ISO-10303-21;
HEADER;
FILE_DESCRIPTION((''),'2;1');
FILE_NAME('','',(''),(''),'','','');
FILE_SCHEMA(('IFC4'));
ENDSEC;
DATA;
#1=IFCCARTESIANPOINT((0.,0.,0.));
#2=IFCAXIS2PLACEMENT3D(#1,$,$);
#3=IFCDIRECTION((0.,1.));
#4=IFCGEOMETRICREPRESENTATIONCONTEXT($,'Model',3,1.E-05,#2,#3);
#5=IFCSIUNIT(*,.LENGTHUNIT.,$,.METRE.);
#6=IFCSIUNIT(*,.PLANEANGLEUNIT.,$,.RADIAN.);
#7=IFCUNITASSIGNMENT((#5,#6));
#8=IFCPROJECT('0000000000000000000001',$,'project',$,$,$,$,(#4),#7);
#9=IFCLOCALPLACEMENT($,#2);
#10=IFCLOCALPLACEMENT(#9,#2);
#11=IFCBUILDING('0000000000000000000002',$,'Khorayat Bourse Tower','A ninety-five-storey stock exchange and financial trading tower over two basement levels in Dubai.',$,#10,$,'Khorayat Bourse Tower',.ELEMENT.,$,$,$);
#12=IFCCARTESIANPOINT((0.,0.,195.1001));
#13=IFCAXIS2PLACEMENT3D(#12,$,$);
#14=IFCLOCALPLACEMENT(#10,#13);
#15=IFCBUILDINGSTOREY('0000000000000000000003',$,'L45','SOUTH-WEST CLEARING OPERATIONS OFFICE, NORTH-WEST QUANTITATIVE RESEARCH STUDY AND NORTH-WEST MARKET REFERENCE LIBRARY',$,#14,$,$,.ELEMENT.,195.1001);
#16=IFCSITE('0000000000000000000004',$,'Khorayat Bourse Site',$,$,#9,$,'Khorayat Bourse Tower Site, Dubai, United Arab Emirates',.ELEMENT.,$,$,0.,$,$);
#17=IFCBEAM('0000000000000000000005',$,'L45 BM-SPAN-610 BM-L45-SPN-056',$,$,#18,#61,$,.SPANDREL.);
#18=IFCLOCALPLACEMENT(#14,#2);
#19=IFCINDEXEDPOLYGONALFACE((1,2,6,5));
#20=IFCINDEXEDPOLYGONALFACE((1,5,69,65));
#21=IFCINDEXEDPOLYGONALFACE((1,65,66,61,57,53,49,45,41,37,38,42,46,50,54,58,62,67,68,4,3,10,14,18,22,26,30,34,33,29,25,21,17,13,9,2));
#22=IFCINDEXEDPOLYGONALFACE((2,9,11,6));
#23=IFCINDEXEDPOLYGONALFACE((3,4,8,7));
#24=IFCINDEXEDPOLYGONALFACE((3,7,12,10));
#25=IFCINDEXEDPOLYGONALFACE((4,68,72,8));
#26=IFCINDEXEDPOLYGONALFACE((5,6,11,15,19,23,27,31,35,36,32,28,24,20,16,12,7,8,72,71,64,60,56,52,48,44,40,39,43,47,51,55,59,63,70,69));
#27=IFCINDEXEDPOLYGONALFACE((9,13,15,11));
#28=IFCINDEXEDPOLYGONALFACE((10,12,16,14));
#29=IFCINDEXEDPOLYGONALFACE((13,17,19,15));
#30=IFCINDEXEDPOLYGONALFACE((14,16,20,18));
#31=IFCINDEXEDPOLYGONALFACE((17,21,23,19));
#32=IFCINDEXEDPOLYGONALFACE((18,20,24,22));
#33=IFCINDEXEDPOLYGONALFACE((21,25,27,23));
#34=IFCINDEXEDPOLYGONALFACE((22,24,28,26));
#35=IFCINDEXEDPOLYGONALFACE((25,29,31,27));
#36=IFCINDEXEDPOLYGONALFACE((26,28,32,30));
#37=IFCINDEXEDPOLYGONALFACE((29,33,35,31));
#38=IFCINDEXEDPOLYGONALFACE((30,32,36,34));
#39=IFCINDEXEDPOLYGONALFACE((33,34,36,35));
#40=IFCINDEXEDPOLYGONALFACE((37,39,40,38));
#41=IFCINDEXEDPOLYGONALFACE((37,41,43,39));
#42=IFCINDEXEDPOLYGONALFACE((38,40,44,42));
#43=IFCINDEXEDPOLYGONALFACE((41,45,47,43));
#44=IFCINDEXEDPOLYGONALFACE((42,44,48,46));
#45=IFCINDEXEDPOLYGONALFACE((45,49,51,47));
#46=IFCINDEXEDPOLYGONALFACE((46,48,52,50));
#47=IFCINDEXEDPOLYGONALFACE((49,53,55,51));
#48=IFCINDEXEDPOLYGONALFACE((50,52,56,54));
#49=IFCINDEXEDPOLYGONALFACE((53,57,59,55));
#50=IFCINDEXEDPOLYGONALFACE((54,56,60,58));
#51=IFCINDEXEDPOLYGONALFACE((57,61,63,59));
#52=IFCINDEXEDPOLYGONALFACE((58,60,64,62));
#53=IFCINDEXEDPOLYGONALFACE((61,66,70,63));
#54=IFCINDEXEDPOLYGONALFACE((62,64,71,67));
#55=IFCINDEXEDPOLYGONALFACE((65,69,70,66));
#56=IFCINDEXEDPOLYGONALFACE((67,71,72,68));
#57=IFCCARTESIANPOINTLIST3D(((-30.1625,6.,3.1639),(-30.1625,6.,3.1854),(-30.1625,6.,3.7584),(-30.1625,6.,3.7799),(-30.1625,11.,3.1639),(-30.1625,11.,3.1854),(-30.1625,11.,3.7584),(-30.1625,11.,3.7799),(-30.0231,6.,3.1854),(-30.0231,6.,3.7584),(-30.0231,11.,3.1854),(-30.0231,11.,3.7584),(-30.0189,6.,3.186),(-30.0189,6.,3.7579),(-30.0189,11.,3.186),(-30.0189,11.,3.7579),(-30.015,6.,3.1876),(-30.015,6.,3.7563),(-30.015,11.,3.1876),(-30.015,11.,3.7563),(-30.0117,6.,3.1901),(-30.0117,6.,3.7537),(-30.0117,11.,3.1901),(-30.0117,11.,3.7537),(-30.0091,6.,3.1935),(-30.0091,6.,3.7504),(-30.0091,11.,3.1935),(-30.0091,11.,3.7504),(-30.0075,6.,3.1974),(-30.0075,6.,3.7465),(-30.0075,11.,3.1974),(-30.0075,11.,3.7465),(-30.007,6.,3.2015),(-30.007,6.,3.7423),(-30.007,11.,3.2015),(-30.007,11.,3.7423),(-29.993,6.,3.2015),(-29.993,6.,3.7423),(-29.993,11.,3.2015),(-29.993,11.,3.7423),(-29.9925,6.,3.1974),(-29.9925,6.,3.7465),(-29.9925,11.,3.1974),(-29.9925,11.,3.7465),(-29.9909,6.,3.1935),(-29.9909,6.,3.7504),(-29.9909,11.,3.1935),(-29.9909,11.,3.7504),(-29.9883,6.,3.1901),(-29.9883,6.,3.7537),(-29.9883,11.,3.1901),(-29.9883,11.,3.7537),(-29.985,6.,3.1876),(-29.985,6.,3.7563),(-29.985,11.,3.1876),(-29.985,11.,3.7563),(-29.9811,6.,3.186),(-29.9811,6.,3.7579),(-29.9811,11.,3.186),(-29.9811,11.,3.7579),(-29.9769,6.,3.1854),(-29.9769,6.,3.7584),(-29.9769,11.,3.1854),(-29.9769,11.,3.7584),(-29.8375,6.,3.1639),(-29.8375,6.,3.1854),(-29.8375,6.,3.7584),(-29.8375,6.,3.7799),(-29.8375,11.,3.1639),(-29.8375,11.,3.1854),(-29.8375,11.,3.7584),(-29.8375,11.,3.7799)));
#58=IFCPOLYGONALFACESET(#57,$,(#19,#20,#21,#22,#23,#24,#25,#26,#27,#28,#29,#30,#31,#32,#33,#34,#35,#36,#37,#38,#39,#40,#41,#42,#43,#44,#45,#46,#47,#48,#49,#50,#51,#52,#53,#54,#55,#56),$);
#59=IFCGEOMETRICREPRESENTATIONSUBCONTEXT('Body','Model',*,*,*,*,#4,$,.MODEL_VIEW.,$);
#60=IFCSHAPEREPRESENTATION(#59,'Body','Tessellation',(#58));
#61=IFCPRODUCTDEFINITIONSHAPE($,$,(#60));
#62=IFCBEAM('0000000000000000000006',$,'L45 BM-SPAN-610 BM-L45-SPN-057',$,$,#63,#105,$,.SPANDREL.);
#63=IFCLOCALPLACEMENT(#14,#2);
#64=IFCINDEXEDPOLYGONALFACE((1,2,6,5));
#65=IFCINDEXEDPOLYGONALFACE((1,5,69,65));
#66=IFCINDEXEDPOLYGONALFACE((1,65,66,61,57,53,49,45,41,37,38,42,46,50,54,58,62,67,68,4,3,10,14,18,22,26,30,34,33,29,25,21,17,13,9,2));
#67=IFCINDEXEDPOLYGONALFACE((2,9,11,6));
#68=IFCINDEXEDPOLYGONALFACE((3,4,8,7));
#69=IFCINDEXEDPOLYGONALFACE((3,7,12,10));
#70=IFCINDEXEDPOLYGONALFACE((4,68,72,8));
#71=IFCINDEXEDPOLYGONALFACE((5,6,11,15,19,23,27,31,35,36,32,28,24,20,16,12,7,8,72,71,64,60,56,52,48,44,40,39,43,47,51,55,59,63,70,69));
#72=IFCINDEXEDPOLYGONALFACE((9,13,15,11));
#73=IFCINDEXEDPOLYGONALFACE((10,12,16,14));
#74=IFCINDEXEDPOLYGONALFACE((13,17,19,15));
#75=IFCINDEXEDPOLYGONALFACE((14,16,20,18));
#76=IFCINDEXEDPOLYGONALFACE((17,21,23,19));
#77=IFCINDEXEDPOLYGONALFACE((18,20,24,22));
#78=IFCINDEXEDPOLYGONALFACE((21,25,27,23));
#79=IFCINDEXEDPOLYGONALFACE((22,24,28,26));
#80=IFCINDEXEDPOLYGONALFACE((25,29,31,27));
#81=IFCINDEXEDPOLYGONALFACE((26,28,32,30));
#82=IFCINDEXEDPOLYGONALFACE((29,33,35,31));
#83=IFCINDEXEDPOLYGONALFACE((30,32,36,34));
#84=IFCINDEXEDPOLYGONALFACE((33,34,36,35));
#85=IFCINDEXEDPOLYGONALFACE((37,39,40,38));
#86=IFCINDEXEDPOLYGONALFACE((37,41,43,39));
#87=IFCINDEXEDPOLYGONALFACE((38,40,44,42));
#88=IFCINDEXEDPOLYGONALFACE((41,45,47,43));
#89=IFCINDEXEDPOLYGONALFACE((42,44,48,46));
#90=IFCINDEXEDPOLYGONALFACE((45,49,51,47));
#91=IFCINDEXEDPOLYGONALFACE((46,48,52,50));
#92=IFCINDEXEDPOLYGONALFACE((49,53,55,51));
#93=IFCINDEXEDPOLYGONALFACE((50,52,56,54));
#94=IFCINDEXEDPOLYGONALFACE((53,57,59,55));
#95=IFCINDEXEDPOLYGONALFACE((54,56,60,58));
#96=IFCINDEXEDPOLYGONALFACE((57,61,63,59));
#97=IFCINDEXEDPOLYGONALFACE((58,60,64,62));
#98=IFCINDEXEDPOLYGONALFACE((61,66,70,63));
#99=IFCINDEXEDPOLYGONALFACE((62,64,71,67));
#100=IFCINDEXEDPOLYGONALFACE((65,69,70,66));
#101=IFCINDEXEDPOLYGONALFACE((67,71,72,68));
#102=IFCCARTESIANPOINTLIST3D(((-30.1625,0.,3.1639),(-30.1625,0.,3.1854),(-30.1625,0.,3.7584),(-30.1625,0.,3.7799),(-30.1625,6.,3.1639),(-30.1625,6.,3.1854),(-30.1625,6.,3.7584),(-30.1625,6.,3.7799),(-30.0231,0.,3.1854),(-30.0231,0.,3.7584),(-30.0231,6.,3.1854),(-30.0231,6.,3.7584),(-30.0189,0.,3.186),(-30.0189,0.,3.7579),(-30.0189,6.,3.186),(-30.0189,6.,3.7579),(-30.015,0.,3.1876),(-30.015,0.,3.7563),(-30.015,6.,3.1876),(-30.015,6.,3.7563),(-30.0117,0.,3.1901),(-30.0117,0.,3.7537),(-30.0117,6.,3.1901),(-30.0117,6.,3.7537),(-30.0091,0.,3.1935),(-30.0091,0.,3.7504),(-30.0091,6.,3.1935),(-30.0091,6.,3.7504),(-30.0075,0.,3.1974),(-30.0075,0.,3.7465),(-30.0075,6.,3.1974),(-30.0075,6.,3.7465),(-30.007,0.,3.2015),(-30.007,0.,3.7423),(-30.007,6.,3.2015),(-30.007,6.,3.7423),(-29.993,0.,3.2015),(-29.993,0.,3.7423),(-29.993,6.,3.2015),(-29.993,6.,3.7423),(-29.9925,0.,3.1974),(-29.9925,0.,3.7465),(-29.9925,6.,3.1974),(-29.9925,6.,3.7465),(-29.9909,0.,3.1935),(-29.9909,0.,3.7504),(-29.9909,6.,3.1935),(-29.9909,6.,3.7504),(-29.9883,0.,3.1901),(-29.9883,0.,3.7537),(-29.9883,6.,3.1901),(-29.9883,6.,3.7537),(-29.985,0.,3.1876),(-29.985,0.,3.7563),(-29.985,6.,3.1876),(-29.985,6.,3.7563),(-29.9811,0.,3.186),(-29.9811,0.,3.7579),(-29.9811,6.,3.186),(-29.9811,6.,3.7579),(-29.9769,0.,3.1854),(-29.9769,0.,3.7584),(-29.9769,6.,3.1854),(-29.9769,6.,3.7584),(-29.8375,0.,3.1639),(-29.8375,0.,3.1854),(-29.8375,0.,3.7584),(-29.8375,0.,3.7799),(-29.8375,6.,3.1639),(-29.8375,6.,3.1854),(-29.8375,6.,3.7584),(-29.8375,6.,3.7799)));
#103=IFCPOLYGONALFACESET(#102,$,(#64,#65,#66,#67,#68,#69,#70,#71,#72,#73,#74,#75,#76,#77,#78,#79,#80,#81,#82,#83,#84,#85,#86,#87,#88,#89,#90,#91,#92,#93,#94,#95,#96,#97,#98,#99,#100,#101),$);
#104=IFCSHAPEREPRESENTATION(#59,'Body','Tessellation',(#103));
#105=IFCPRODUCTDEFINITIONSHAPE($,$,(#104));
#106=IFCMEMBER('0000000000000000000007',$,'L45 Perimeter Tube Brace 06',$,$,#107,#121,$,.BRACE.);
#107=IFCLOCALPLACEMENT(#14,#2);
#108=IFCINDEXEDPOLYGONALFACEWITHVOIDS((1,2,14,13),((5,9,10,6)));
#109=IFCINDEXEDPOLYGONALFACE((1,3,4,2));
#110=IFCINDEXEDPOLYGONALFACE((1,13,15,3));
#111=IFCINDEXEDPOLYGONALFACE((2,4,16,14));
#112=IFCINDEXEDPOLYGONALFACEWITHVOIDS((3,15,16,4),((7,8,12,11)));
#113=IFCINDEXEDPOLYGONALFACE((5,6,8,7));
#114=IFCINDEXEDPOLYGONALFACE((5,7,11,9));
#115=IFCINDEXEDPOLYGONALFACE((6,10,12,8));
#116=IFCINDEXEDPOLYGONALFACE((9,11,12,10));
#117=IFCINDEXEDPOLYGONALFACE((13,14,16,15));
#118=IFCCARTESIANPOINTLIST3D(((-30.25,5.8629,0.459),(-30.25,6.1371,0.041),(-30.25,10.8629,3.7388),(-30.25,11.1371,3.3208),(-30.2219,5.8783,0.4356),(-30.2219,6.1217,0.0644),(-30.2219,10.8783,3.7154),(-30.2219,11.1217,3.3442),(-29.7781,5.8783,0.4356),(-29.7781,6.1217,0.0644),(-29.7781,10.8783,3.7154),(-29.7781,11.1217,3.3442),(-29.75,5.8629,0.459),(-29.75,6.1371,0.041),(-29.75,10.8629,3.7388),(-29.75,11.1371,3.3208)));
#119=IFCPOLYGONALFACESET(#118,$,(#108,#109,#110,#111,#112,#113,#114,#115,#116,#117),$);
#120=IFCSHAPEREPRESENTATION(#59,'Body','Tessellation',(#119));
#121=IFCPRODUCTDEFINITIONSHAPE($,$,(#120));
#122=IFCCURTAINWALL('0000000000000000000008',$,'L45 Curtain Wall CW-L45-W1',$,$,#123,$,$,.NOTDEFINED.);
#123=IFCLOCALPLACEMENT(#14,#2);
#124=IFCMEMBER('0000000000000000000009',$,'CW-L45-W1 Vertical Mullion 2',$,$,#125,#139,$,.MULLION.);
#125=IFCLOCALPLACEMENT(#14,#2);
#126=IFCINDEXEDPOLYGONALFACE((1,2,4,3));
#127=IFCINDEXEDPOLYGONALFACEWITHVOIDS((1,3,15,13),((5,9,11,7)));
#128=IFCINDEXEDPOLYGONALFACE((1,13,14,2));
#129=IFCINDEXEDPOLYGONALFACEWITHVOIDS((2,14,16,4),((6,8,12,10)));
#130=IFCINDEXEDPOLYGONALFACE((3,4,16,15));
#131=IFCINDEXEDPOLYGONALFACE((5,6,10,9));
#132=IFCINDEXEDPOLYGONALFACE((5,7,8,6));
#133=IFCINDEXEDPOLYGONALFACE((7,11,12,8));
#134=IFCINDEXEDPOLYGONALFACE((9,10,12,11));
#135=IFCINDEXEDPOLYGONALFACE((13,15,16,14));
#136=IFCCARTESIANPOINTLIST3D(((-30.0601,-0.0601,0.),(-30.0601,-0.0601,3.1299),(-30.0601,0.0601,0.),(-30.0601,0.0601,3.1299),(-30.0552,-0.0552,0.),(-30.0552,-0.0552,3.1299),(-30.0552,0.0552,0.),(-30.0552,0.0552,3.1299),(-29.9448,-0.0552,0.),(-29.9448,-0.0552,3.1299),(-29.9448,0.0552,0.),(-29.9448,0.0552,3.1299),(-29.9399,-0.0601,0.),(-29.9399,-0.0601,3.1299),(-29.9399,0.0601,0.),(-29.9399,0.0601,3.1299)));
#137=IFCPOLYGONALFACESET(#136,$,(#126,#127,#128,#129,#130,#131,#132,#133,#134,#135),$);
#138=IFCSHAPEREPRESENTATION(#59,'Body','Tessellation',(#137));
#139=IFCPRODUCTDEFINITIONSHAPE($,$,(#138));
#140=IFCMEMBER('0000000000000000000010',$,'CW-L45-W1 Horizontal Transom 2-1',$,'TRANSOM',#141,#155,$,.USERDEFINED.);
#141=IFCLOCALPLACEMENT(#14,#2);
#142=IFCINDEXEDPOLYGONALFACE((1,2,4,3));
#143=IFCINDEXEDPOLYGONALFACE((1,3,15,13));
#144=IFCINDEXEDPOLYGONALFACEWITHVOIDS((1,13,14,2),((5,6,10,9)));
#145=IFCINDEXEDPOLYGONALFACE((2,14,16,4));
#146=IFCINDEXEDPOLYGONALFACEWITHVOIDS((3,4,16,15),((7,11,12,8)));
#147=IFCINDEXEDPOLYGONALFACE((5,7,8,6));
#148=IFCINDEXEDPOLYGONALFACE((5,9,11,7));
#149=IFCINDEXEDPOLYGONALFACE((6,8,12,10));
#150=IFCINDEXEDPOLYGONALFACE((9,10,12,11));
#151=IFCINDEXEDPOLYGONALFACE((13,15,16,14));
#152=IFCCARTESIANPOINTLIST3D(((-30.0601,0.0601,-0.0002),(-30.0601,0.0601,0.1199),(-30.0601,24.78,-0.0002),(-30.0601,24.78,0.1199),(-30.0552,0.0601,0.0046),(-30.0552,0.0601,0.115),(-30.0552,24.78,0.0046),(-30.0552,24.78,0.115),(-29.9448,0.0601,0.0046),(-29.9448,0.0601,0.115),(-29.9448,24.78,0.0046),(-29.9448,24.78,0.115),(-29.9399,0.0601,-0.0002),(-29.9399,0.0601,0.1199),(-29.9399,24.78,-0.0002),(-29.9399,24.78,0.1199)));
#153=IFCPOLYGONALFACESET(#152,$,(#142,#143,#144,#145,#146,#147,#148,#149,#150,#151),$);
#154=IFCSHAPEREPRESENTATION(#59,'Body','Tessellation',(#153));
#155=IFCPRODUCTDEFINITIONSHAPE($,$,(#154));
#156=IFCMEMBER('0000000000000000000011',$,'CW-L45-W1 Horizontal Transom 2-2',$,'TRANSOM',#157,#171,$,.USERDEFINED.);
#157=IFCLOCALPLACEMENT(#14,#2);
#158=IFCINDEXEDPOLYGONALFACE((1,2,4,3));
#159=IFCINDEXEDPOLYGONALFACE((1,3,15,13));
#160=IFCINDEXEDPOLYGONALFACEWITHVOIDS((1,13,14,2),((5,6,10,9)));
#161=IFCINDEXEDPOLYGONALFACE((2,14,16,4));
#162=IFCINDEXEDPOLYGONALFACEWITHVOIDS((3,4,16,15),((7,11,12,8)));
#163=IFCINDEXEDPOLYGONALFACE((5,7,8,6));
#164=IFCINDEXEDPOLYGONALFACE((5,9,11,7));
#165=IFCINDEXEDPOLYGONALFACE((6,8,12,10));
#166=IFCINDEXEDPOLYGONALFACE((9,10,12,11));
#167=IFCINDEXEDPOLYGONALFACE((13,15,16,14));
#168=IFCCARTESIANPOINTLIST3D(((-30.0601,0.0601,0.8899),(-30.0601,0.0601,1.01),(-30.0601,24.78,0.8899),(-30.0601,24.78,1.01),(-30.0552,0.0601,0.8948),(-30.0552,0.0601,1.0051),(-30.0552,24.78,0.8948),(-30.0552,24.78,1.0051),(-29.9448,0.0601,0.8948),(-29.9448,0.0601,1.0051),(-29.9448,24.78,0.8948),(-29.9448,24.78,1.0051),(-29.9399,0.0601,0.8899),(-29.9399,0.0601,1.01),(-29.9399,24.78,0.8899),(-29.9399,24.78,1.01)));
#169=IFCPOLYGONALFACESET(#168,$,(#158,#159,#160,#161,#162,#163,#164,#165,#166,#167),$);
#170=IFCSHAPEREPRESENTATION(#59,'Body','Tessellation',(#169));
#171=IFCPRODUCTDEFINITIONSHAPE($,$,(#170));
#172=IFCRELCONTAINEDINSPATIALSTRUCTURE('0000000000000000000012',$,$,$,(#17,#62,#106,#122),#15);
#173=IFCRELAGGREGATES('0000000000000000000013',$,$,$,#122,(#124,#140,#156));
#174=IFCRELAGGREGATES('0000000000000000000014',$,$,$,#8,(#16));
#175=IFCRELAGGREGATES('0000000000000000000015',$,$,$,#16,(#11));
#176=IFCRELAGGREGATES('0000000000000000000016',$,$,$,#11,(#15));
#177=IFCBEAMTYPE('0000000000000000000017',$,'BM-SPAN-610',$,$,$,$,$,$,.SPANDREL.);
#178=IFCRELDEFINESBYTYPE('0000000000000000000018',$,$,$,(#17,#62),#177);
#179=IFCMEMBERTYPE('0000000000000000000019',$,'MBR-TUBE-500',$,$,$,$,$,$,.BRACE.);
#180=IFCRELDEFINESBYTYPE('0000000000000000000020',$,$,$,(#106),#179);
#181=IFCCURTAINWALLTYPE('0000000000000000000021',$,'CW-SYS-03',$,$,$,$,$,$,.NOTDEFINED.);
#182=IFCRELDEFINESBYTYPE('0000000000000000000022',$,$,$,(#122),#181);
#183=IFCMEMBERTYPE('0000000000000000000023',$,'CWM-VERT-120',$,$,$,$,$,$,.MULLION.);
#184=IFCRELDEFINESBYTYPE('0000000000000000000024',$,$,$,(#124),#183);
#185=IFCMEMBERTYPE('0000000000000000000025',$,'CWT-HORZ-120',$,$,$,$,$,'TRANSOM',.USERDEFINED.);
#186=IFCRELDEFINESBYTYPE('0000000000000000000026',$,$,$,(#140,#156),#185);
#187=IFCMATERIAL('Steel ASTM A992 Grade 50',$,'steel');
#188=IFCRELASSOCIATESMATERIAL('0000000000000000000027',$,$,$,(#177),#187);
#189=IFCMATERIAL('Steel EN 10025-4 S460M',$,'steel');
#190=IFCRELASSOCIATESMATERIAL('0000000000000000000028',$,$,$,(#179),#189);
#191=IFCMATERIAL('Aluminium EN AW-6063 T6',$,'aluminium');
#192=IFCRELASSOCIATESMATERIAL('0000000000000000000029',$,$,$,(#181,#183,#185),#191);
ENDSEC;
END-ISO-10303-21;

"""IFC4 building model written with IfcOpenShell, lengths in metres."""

from ifc_helpers import new_model, si_unit, direction, frame, origin, origin_2d, place, context, subcontext, project, spatial, hollow_rectangle, i_section, extrude, source, transform, mapped, material, material_profile, profile_set, type_object, element, aggregate, save


model = new_model("IFC4")

# Units and contexts
model_context = context("Model", 3, precision=1e-05, world=origin(), true_north=direction((0.0, 1.0)))
body_context = subcontext(model_context, "Body", "Model", "MODEL_VIEW")
ifc_project = project(units=[si_unit("LENGTHUNIT", "METRE"), si_unit("PLANEANGLEUNIT", "RADIAN")], contexts=[model_context])

# Site, building, storey
site_placement = place(None, origin())
site = spatial("IfcSite", under=ifc_project, at=site_placement, Name="Khorayat Bourse Site", LongName="Khorayat Bourse Tower Site, Dubai, United Arab Emirates", CompositionType="ELEMENT", RefElevation=0.0)
building_placement = place(site_placement, origin())
building = spatial("IfcBuilding", under=site, at=building_placement, Name="Khorayat Bourse Tower", Description="A ninety-five-storey stock exchange and financial trading tower over two basement levels in Dubai.", LongName="Khorayat Bourse Tower", CompositionType="ELEMENT")
storey_placement = place(building_placement, frame((0.0, 0.0, 195.1001)))
storey = spatial("IfcBuildingStorey", under=building, at=storey_placement, Name="L45", Description="SOUTH-WEST CLEARING OPERATIONS OFFICE, NORTH-WEST QUANTITATIVE RESEARCH STUDY AND NORTH-WEST MARKET REFERENCE LIBRARY", CompositionType="ELEMENT", Elevation=195.1001)

# Shared definitions
ifc_material_1 = material(Name="Steel EN 10025-4 S460M", Category="steel")

# Beams
ifc_material_2 = material(Name="Steel ASTM A992 Grade 50", Category="steel")
ifc_material_profile_1 = material_profile(ifc_material_2, i_section(OverallWidth=0.325, OverallDepth=0.616, WebThickness=0.0139, FlangeThickness=0.0215, FilletRadius=0.0161, at=origin_2d()), Name="W610X174")
ifc_profile_set_1 = profile_set([ifc_material_profile_1], Name="Steel ASTM A992 Grade 50")
beam_type_1 = type_object("IfcBeamType", Name="BM-SPAN-610", PredefinedType="SPANDREL", material=ifc_profile_set_1)
shared_shape_1 = source(origin(), body_context, "Body", "SweptSolid", [
    extrude(i_section(OverallWidth=0.325, OverallDepth=0.616, WebThickness=0.0139, FlangeThickness=0.0215, FilletRadius=0.0161, at=origin_2d()), origin(), (0.0, 0.0, 1.0), 5.0),
])
beam_1_placement = place(storey_placement, frame((-30.0, 6.0, 3.4719), z_axis=(0.0, 1.0, 0.0), x_axis=(-1.0, 0.0, 0.0)))
element("IfcBeam", 1, at=beam_1_placement, inside=storey, type_object=beam_type_1, Name="L45 BM-SPAN-610 BM-L45-SPN-056", PredefinedType="SPANDREL", context=body_context, shape_type="MappedRepresentation", body=[
    mapped(shared_shape_1, transform((0.0, 0.0, 0.0), scale=1.0)),
])
shared_shape_2 = source(origin(), body_context, "Body", "SweptSolid", [
    extrude(i_section(OverallWidth=0.325, OverallDepth=0.616, WebThickness=0.0139, FlangeThickness=0.0215, FilletRadius=0.0161, at=origin_2d()), origin(), (0.0, 0.0, 1.0), 6.0),
])
beam_2_placement = place(storey_placement, frame((-30.0, 0.0, 3.4719), z_axis=(0.0, 1.0, 0.0), x_axis=(-1.0, 0.0, 0.0)))
element("IfcBeam", 2, at=beam_2_placement, inside=storey, type_object=beam_type_1, Name="L45 BM-SPAN-610 BM-L45-SPN-057", PredefinedType="SPANDREL", context=body_context, shape_type="MappedRepresentation", body=[
    mapped(shared_shape_2, transform((0.0, 0.0, 0.0), scale=1.0)),
])

# Member
ifc_material_profile_2 = material_profile(ifc_material_1, hollow_rectangle(XDim=0.5, YDim=0.5, WallThickness=0.0281, at=origin_2d()), Name="HSS 500x500x28")
ifc_profile_set_2 = profile_set([ifc_material_profile_2], Name="Steel EN 10025-4 S460M")
member_type_1 = type_object("IfcMemberType", Name="MBR-TUBE-500", PredefinedType="BRACE", material=ifc_profile_set_2)
shared_shape_3 = source(origin(), body_context, "Body", "SweptSolid", [
    extrude(hollow_rectangle(XDim=0.5, YDim=0.5, WallThickness=0.0281, at=origin_2d()), origin(), (0.0, 0.0, 1.0), 5.9797),
])
member_1_placement = place(storey_placement, frame((-30.0, 6.0, 0.25), z_axis=(0.0, 0.83616, 0.548485), x_axis=(-1.0, 0.0, 0.0)))
element("IfcMember", 3, at=member_1_placement, inside=storey, type_object=member_type_1, Name="L45 Perimeter Tube Brace 06", PredefinedType="BRACE", context=body_context, shape_type="MappedRepresentation", body=[
    mapped(shared_shape_3, transform((0.0, 0.0, 0.0), scale=1.0)),
])

# Curtain wall, members
ifc_material_3 = material(Name="Aluminium EN AW-6063 T6", Category="aluminium")
curtain_wall_type = type_object("IfcCurtainWallType", Name="CW-SYS-03", PredefinedType="NOTDEFINED", material=ifc_material_3)
curtain_wall_placement = place(storey_placement, origin())
curtain_wall = element("IfcCurtainWall", 4, at=curtain_wall_placement, inside=storey, type_object=curtain_wall_type, Name="L45 Curtain Wall CW-L45-W1", PredefinedType="NOTDEFINED")
ifc_material_profile_3 = material_profile(ifc_material_3, hollow_rectangle(XDim=0.1201, YDim=0.1201, WallThickness=0.0049, at=origin_2d()), Name="ALU 120x120x5")
ifc_profile_set_3 = profile_set([ifc_material_profile_3], Name="Aluminium EN AW-6063 T6")
member_type_2 = type_object("IfcMemberType", Name="CWM-VERT-120", PredefinedType="MULLION", material=ifc_profile_set_3)
shared_shape_4 = source(origin(), body_context, "Body", "SweptSolid", [
    extrude(hollow_rectangle(XDim=0.1201, YDim=0.1201, WallThickness=0.0049, at=origin_2d()), origin(), (0.0, 0.0, 1.0), 3.1299),
])
member_2_placement = place(storey_placement, frame((-30.0, 0.0, 0.0), z_axis=(0.0, 0.0, 1.0), x_axis=(-1.0, 0.0, 0.0)))
member_2 = element("IfcMember", 5, at=member_2_placement, type_object=member_type_2, Name="CW-L45-W1 Vertical Mullion 2", PredefinedType="MULLION", context=body_context, shape_type="MappedRepresentation", body=[
    mapped(shared_shape_4, transform((0.0, 0.0, 0.0), scale=1.0)),
])
ifc_material_profile_4 = material_profile(ifc_material_3, hollow_rectangle(XDim=0.1201, YDim=0.1201, WallThickness=0.0049, at=origin_2d()), Name="ALU 120x120x5")
ifc_profile_set_4 = profile_set([ifc_material_profile_4], Name="Aluminium EN AW-6063 T6")
member_type_3 = type_object("IfcMemberType", Name="CWT-HORZ-120", ElementType="TRANSOM", PredefinedType="USERDEFINED", material=ifc_profile_set_4)
shared_shape_5 = source(origin(), body_context, "Body", "SweptSolid", [
    extrude(hollow_rectangle(XDim=0.1201, YDim=0.1201, WallThickness=0.0049, at=origin_2d()), origin(), (0.0, 0.0, 1.0), 24.72),
])
member_3_placement = place(storey_placement, frame((-30.0, 0.0601, 0.0598), z_axis=(0.0, 1.0, 0.0), x_axis=(-1.0, 0.0, 0.0)))
member_3 = element("IfcMember", 6, at=member_3_placement, type_object=member_type_3, Name="CW-L45-W1 Horizontal Transom 2-1", ObjectType="TRANSOM", PredefinedType="USERDEFINED", context=body_context, shape_type="MappedRepresentation", body=[
    mapped(shared_shape_5, transform((0.0, 0.0, 0.0), scale=1.0)),
])
member_4_placement = place(storey_placement, frame((-30.0, 0.0601, 0.95), z_axis=(0.0, 1.0, 0.0), x_axis=(-1.0, 0.0, 0.0)))
member_4 = element("IfcMember", 7, at=member_4_placement, type_object=member_type_3, Name="CW-L45-W1 Horizontal Transom 2-2", ObjectType="TRANSOM", PredefinedType="USERDEFINED", context=body_context, shape_type="MappedRepresentation", body=[
    mapped(shared_shape_5, transform((0.0, 0.0, 0.0), scale=1.0)),
])
aggregate(curtain_wall, [member_2, member_3, member_4])

save(model, "model.ifc")
